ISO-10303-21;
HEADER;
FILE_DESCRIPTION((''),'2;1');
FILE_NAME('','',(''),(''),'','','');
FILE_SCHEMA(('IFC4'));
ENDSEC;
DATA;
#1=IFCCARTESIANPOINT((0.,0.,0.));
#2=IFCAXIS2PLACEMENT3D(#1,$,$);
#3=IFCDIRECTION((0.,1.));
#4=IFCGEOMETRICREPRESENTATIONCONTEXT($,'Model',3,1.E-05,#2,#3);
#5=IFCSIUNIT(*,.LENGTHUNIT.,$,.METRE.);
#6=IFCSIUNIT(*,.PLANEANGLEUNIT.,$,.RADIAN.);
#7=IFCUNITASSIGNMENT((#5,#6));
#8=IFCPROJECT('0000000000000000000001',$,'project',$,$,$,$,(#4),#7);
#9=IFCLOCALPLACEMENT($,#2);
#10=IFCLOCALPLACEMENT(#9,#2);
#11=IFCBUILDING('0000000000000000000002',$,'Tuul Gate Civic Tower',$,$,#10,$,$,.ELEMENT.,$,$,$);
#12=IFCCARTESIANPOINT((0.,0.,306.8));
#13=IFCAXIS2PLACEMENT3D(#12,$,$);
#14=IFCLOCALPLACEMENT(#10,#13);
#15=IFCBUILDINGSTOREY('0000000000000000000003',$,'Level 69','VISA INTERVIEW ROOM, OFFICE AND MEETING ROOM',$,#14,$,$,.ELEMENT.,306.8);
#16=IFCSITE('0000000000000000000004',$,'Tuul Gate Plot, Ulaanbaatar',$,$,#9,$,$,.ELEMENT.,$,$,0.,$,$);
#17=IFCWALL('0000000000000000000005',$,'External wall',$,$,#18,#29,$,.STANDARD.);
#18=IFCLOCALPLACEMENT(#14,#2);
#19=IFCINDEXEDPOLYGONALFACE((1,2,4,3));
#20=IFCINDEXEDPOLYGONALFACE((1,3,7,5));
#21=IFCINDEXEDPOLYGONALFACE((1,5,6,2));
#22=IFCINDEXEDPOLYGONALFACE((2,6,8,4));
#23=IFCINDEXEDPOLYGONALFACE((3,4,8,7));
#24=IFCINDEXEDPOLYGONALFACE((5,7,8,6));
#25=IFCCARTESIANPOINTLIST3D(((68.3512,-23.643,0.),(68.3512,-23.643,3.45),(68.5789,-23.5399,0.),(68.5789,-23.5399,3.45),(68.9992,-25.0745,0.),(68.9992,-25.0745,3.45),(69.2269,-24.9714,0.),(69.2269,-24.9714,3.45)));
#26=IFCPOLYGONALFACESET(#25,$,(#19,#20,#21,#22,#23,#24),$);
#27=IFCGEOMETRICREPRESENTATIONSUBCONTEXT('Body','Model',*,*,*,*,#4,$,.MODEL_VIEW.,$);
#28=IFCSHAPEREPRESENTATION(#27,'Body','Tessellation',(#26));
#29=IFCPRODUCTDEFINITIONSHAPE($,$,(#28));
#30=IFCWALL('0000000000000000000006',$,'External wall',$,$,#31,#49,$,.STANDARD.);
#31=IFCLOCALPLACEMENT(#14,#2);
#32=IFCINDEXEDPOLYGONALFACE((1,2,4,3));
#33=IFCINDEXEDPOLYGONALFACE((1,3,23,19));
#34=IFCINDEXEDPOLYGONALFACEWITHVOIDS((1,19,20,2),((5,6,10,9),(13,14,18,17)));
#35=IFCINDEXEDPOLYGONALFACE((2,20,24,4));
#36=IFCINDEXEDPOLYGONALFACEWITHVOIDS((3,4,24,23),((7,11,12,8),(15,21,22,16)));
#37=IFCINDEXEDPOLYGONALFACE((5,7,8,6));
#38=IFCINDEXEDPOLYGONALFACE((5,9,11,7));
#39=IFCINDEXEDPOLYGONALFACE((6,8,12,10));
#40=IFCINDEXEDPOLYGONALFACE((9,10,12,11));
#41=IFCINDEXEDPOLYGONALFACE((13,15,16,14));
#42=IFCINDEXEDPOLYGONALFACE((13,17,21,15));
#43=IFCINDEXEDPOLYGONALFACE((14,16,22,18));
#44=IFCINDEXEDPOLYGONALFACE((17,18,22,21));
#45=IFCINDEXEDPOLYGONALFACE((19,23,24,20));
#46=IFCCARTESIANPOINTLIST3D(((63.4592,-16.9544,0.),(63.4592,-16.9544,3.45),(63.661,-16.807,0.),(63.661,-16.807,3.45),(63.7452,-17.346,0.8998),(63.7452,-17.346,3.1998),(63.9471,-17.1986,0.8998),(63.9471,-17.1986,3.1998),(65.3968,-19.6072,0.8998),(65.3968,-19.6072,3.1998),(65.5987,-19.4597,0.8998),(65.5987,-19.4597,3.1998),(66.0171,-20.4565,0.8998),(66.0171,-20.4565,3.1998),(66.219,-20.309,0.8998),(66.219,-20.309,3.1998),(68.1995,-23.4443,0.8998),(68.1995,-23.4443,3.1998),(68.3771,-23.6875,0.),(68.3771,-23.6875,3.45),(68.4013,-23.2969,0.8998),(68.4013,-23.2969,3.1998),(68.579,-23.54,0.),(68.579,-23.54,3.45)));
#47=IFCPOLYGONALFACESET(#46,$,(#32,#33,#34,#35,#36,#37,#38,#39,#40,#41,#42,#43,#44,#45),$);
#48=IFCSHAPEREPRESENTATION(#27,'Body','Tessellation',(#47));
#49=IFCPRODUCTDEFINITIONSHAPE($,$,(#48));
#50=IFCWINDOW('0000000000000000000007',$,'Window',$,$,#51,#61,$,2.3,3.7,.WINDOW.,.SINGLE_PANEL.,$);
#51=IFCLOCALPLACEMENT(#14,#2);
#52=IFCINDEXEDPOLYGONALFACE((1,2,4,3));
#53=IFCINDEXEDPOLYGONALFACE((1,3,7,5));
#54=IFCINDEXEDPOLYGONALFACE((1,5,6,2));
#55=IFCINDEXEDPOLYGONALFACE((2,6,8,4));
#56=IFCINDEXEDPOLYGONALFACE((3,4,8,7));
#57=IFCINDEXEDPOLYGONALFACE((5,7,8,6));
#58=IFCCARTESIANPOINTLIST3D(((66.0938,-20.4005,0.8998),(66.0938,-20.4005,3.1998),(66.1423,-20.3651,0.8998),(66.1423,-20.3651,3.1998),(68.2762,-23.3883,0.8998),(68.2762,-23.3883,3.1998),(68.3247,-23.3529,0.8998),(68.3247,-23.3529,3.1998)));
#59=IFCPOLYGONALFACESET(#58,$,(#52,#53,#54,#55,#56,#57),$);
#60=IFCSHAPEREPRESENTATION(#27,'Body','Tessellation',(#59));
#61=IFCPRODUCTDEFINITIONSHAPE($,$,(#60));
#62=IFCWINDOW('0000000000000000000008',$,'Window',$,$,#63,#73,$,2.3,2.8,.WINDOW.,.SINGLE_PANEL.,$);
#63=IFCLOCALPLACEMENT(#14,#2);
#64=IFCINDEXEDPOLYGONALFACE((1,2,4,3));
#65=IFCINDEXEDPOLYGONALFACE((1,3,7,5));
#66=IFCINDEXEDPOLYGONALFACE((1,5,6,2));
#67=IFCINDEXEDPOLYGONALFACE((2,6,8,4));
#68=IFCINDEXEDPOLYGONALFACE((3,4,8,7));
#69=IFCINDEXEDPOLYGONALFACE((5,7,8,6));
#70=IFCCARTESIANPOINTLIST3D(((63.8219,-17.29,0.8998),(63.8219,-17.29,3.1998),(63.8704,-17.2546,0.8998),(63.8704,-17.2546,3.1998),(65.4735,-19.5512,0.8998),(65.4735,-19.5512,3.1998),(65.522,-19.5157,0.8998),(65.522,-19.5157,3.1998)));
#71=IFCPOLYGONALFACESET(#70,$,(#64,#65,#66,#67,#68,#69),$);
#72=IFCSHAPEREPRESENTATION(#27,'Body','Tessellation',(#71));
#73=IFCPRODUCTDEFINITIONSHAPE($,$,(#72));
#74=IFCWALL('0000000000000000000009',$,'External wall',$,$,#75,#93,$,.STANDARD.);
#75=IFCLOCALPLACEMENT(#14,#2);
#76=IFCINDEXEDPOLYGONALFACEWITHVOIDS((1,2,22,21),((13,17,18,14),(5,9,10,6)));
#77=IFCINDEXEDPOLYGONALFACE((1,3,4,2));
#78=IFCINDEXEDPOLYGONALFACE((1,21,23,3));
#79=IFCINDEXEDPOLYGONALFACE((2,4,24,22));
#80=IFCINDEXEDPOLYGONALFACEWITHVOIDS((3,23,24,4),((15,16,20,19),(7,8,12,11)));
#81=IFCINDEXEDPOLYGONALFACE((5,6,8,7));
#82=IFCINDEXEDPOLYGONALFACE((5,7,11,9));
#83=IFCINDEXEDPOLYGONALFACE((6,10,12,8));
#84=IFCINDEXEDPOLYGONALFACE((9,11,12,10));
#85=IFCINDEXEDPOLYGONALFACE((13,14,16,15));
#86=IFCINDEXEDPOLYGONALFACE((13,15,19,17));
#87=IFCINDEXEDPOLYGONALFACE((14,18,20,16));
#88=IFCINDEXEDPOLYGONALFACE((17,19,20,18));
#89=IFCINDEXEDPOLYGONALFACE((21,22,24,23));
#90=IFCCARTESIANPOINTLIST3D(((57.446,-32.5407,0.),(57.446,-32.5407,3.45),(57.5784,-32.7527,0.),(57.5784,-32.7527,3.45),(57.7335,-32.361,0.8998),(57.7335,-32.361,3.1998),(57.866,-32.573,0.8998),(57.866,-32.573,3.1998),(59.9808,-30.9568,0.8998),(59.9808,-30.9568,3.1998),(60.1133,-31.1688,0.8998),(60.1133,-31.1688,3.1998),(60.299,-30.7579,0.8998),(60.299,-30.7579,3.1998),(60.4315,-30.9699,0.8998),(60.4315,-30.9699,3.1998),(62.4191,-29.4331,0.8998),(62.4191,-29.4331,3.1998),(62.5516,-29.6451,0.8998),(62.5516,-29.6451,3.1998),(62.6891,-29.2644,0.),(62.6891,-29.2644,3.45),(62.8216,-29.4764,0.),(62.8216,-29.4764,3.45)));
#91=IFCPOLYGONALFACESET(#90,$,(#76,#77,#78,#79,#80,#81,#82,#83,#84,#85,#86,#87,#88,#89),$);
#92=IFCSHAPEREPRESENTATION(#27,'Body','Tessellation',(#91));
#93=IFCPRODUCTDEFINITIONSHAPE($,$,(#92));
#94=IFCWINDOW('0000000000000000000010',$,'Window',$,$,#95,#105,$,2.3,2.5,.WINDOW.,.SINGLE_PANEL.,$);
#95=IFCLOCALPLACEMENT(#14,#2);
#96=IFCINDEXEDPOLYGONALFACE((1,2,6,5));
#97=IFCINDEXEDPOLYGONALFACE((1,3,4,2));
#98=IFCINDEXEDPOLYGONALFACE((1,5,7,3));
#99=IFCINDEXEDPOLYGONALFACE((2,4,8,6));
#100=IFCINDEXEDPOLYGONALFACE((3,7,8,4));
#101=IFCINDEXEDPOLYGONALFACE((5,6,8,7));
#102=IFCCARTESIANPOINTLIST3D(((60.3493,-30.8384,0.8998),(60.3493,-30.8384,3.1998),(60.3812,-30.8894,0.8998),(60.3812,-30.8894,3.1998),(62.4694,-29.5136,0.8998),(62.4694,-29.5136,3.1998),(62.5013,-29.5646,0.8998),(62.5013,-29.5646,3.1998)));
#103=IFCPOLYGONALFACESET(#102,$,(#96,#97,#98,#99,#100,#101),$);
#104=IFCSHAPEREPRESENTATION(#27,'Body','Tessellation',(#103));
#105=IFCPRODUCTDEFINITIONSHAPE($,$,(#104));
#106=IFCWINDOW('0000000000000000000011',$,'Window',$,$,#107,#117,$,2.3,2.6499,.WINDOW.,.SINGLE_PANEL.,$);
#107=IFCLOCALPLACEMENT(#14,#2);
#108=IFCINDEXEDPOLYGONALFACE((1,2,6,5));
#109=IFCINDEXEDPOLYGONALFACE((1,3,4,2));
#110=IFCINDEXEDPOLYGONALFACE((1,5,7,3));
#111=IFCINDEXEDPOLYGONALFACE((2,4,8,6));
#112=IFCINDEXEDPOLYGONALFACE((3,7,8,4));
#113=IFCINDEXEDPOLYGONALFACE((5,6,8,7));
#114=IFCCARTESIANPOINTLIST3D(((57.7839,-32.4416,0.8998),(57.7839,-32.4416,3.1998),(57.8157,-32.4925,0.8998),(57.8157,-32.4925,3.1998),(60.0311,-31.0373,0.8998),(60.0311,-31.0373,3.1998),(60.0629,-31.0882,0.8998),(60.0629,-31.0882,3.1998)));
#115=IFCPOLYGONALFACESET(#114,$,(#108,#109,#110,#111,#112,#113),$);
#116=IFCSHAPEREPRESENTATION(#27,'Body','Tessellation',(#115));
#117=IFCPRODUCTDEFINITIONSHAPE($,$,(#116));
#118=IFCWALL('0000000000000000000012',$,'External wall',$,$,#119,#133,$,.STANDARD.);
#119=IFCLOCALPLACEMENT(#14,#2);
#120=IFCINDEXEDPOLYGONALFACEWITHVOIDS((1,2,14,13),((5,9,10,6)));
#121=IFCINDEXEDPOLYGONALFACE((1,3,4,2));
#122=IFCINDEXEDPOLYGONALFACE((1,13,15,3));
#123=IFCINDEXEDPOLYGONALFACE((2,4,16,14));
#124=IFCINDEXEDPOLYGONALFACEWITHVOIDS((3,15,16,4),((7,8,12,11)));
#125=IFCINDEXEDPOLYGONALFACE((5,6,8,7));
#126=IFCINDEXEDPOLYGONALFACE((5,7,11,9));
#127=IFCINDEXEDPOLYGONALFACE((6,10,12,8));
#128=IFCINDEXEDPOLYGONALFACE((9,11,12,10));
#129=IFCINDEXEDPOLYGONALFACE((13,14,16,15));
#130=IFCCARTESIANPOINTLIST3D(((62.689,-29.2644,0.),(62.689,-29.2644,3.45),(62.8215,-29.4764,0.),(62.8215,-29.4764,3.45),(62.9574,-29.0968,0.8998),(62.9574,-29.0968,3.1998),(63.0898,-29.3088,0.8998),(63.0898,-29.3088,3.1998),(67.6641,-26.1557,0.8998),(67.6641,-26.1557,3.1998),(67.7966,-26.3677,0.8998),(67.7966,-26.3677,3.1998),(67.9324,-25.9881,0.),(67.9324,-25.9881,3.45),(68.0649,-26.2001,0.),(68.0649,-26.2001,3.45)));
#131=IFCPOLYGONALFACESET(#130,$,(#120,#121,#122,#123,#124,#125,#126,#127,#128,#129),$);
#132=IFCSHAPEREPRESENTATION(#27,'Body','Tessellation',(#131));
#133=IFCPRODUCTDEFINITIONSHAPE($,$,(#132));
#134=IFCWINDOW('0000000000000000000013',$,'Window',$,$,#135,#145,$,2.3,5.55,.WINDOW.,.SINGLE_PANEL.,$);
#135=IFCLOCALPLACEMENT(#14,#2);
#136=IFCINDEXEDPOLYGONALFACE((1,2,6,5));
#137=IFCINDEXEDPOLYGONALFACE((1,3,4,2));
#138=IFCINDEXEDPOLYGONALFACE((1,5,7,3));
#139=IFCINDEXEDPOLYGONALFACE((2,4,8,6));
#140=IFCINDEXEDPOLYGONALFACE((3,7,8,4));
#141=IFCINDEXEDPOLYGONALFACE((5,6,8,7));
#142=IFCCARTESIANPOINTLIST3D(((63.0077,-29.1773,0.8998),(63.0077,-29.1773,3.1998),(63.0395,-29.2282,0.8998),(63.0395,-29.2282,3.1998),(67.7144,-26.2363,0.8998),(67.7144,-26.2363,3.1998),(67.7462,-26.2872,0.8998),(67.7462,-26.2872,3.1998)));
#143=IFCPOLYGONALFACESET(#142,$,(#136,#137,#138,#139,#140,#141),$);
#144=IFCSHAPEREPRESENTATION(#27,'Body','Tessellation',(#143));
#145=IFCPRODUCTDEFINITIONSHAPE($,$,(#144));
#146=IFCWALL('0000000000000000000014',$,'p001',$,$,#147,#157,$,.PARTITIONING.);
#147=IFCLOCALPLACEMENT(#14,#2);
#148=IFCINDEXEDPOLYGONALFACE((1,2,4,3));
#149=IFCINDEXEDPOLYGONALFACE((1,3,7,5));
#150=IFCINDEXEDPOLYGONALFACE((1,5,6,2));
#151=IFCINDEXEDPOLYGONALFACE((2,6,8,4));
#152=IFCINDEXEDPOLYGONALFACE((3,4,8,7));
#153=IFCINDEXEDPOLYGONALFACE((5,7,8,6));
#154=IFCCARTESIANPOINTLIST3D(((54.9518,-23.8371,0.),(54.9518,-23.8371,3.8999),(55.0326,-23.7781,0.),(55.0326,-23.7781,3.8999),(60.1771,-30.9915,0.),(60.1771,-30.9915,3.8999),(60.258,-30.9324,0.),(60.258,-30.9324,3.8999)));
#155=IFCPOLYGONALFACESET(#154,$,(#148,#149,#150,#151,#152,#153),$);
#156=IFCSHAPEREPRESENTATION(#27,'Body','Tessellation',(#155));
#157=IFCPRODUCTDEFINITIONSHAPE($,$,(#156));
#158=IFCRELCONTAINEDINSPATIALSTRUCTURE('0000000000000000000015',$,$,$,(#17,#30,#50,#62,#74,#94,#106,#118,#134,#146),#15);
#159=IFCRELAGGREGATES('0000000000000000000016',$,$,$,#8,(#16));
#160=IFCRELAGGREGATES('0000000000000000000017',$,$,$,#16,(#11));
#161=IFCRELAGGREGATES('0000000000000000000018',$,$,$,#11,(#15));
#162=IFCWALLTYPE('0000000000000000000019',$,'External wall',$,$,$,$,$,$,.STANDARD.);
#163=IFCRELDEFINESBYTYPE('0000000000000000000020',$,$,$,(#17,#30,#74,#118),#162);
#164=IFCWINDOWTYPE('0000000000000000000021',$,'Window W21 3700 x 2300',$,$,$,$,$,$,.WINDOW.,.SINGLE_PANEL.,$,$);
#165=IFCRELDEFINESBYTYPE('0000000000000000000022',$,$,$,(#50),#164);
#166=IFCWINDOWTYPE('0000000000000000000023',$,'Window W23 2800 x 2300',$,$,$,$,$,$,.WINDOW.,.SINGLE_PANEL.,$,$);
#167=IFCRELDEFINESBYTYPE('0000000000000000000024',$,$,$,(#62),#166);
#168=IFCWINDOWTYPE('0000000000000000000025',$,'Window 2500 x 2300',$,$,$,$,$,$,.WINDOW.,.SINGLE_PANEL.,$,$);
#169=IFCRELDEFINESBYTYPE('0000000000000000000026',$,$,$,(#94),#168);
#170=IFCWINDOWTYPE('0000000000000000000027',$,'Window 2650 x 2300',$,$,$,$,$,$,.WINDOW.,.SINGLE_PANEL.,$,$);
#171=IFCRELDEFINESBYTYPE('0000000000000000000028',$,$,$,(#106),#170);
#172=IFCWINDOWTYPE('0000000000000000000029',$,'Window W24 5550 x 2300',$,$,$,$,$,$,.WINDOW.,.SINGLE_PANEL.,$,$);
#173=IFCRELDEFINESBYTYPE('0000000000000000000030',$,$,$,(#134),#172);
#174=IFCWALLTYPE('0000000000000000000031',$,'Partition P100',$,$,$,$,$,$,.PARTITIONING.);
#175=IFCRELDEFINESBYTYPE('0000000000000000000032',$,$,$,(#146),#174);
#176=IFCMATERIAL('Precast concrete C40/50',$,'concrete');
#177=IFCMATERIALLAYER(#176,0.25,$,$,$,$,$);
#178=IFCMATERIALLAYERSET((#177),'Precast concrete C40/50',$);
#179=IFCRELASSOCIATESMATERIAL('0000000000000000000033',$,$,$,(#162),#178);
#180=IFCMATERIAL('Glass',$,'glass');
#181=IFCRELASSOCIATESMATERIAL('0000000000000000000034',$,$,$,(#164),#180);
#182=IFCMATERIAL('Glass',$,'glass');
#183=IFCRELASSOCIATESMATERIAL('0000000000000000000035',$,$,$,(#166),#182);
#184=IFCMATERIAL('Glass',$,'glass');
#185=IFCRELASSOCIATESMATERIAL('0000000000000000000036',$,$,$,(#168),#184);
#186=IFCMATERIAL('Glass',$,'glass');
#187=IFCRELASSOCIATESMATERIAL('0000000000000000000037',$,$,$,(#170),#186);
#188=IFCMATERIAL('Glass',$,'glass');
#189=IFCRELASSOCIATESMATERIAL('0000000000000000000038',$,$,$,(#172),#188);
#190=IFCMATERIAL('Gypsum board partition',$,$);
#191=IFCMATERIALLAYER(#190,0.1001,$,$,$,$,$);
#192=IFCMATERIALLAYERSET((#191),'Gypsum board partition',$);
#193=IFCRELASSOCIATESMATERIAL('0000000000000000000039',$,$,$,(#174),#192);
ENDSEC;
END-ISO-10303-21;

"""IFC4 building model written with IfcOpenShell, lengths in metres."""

from ifc_helpers import new_model, si_unit, direction, frame, frame_2d, origin, place, context, subcontext, project, spatial, rectangle, extrude, material, layer, layer_set, type_object, element, fill, save


model = new_model("IFC4")

# Units and contexts
model_context = context("Model", 3, precision=1e-05, world=origin(), true_north=direction((0.0, 1.0)))
body_context = subcontext(model_context, "Body", "Model", "MODEL_VIEW")
ifc_project = project(units=[si_unit("LENGTHUNIT", "METRE"), si_unit("PLANEANGLEUNIT", "RADIAN")], contexts=[model_context])

# Site, building, storey
site_placement = place(None, origin())
site = spatial("IfcSite", under=ifc_project, at=site_placement, Name="Tuul Gate Plot, Ulaanbaatar", CompositionType="ELEMENT", RefElevation=0.0)
building_placement = place(site_placement, origin())
building = spatial("IfcBuilding", under=site, at=building_placement, Name="Tuul Gate Civic Tower", CompositionType="ELEMENT")
storey_placement = place(building_placement, frame((0.0, 0.0, 306.8)))
storey = spatial("IfcBuildingStorey", under=building, at=storey_placement, Name="Level 69", Description="VISA INTERVIEW ROOM, OFFICE AND MEETING ROOM", CompositionType="ELEMENT", Elevation=306.8)

# Wall
ifc_material_1 = material(Name="Precast concrete C40/50", Category="concrete")
ifc_layer_1 = layer(ifc_material_1, 0.25)
ifc_layer_set_1 = layer_set([ifc_layer_1], Name="Precast concrete C40/50")
wall_type_1 = type_object("IfcWallType", Name="External wall", PredefinedType="STANDARD", material=ifc_layer_set_1)
wall_1_placement = place(storey_placement, frame((69.113, -25.0229, 0.0), z_axis=(0.0, 0.0, 1.0), x_axis=(-0.412386, 0.911009, 0.0)))
element("IfcWall", 1, at=wall_1_placement, inside=storey, type_object=wall_type_1, Name="External wall", PredefinedType="STANDARD", context=body_context, shape_type="SweptSolid", body=[
    extrude(rectangle(XDim=1.5713, YDim=0.25, at=frame_2d((0.7856, 0.0))), origin(), (0.0, 0.0, 1.0), 3.45),
])

# Walls, openings, windows
wall_2_placement = place(storey_placement, frame((68.478, -23.6138, 0.0), z_axis=(0.0, 0.0, 1.0), x_axis=(-0.589828, 0.807529, 0.0)))
wall_2 = element("IfcWall", 2, at=wall_2_placement, inside=storey, type_object=wall_type_1, Name="External wall", PredefinedType="STANDARD", context=body_context, shape_type="SweptSolid", body=[
    extrude(rectangle(XDim=8.3379, YDim=0.25, at=frame_2d((4.1689, 0.0))), origin(), (0.0, 0.0, 1.0), 3.45),
])
opening_1_placement = place(wall_2_placement, frame((0.301, 0.0, 0.8999)))
opening_1 = element("IfcOpeningElement", 3, at=opening_1_placement, cuts=wall_2, PredefinedType="OPENING", context=body_context, shape_type="SweptSolid", body=[
    extrude(rectangle(XDim=3.7, YDim=2.3, at=frame_2d((1.8501, 1.1499))), frame((0.0, 0.135, 0.0), z_axis=(0.0, -1.0, 0.0), x_axis=(1.0, 0.0, 0.0)), (0.0, 0.0, 1.0), 0.27),
])
opening_2_placement = place(wall_2_placement, frame((5.053, 0.0, 0.8999)))
opening_2 = element("IfcOpeningElement", 4, at=opening_2_placement, cuts=wall_2, PredefinedType="OPENING", context=body_context, shape_type="SweptSolid", body=[
    extrude(rectangle(XDim=2.8, YDim=2.3, at=frame_2d((1.3999, 1.1499))), frame((0.0, 0.135, 0.0), z_axis=(0.0, -1.0, 0.0), x_axis=(1.0, 0.0, 0.0)), (0.0, 0.0, 1.0), 0.27),
])
ifc_material_2 = material(Name="Glass", Category="glass")
window_type_1 = type_object("IfcWindowType", Name="Window W21 3700 x 2300", PartitioningType="SINGLE_PANEL", PredefinedType="WINDOW", material=ifc_material_2)
window_1_placement = place(opening_1_placement, origin())
window_1 = element("IfcWindow", 5, at=window_1_placement, inside=storey, type_object=window_type_1, Name="Window", OverallHeight=2.3, OverallWidth=3.7, PartitioningType="SINGLE_PANEL", PredefinedType="WINDOW", context=body_context, shape_type="SweptSolid", body=[
    extrude(rectangle(XDim=3.7, YDim=2.3, at=frame_2d((1.8501, 1.1499))), frame((0.0, 0.03, 0.0), z_axis=(0.0, -1.0, 0.0), x_axis=(1.0, 0.0, 0.0)), (0.0, 0.0, 1.0), 0.0601),
])
fill(opening_1, window_1)
ifc_material_3 = material(Name="Glass", Category="glass")
window_type_2 = type_object("IfcWindowType", Name="Window W23 2800 x 2300", PartitioningType="SINGLE_PANEL", PredefinedType="WINDOW", material=ifc_material_3)
window_2_placement = place(opening_2_placement, origin())
window_2 = element("IfcWindow", 6, at=window_2_placement, inside=storey, type_object=window_type_2, Name="Window", OverallHeight=2.3, OverallWidth=2.8, PartitioningType="SINGLE_PANEL", PredefinedType="WINDOW", context=body_context, shape_type="SweptSolid", body=[
    extrude(rectangle(XDim=2.8, YDim=2.3, at=frame_2d((1.3999, 1.1499))), frame((0.0, 0.03, 0.0), z_axis=(0.0, -1.0, 0.0), x_axis=(1.0, 0.0, 0.0)), (0.0, 0.0, 1.0), 0.0601),
])
fill(opening_2, window_2)
wall_3_placement = place(storey_placement, frame((57.5122, -32.6467, 0.0), z_axis=(0.0, 0.0, 1.0), x_axis=(0.848043, 0.529928, 0.0)))
wall_3 = element("IfcWall", 7, at=wall_3_placement, inside=storey, type_object=wall_type_1, Name="External wall", PredefinedType="STANDARD", context=body_context, shape_type="SweptSolid", body=[
    extrude(rectangle(XDim=6.1826, YDim=0.25, at=frame_2d((3.0913, 0.0))), origin(), (0.0, 0.0, 1.0), 3.45),
])
opening_3_placement = place(wall_3_placement, frame((0.3391, 0.0, 0.8999)))
opening_3 = element("IfcOpeningElement", 8, at=opening_3_placement, cuts=wall_3, PredefinedType="OPENING", context=body_context, shape_type="SweptSolid", body=[
    extrude(rectangle(XDim=2.6499, YDim=2.3, at=frame_2d((1.325, 1.1499))), frame((0.0, 0.135, 0.0), z_axis=(0.0, -1.0, 0.0), x_axis=(1.0, 0.0, 0.0)), (0.0, 0.0, 1.0), 0.27),
])
opening_4_placement = place(wall_3_placement, frame((3.3643, 0.0, 0.8999)))
opening_4 = element("IfcOpeningElement", 9, at=opening_4_placement, cuts=wall_3, PredefinedType="OPENING", context=body_context, shape_type="SweptSolid", body=[
    extrude(rectangle(XDim=2.5, YDim=2.3, at=frame_2d((1.25, 1.1499))), frame((0.0, 0.135, 0.0), z_axis=(0.0, -1.0, 0.0), x_axis=(1.0, 0.0, 0.0)), (0.0, 0.0, 1.0), 0.27),
])
ifc_material_4 = material(Name="Glass", Category="glass")
window_type_3 = type_object("IfcWindowType", Name="Window 2500 x 2300", PartitioningType="SINGLE_PANEL", PredefinedType="WINDOW", material=ifc_material_4)
window_3_placement = place(opening_4_placement, origin())
window_3 = element("IfcWindow", 10, at=window_3_placement, inside=storey, type_object=window_type_3, Name="Window", OverallHeight=2.3, OverallWidth=2.5, PartitioningType="SINGLE_PANEL", PredefinedType="WINDOW", context=body_context, shape_type="SweptSolid", body=[
    extrude(rectangle(XDim=2.5, YDim=2.3, at=frame_2d((1.25, 1.1499))), frame((0.0, 0.03, 0.0), z_axis=(0.0, -1.0, 0.0), x_axis=(1.0, 0.0, 0.0)), (0.0, 0.0, 1.0), 0.0601),
])
fill(opening_4, window_3)
ifc_material_5 = material(Name="Glass", Category="glass")
window_type_4 = type_object("IfcWindowType", Name="Window 2650 x 2300", PartitioningType="SINGLE_PANEL", PredefinedType="WINDOW", material=ifc_material_5)
window_4_placement = place(opening_3_placement, origin())
window_4 = element("IfcWindow", 11, at=window_4_placement, inside=storey, type_object=window_type_4, Name="Window", OverallHeight=2.3, OverallWidth=2.6499, PartitioningType="SINGLE_PANEL", PredefinedType="WINDOW", context=body_context, shape_type="SweptSolid", body=[
    extrude(rectangle(XDim=2.6499, YDim=2.3, at=frame_2d((1.325, 1.1499))), frame((0.0, 0.03, 0.0), z_axis=(0.0, -1.0, 0.0), x_axis=(1.0, 0.0, 0.0)), (0.0, 0.0, 1.0), 0.0601),
])
fill(opening_3, window_4)

# Wall, opening, window
wall_4_placement = place(storey_placement, frame((62.7554, -29.3704, 0.0), z_axis=(0.0, 0.0, 1.0), x_axis=(0.848054, 0.52991, 0.0)))
wall_4 = element("IfcWall", 12, at=wall_4_placement, inside=storey, type_object=wall_type_1, Name="External wall", PredefinedType="STANDARD", context=body_context, shape_type="SweptSolid", body=[
    extrude(rectangle(XDim=6.1829, YDim=0.25, at=frame_2d((3.0913, 0.0))), origin(), (0.0, 0.0, 1.0), 3.45),
])
opening_5_placement = place(wall_4_placement, frame((0.3164, 0.0, 0.8999)))
opening_5 = element("IfcOpeningElement", 13, at=opening_5_placement, cuts=wall_4, PredefinedType="OPENING", context=body_context, shape_type="SweptSolid", body=[
    extrude(rectangle(XDim=5.55, YDim=2.3, at=frame_2d((2.7749, 1.1499))), frame((0.0, 0.135, 0.0), z_axis=(0.0, -1.0, 0.0), x_axis=(1.0, 0.0, 0.0)), (0.0, 0.0, 1.0), 0.27),
])
ifc_material_6 = material(Name="Glass", Category="glass")
window_type_5 = type_object("IfcWindowType", Name="Window W24 5550 x 2300", PartitioningType="SINGLE_PANEL", PredefinedType="WINDOW", material=ifc_material_6)
window_5_placement = place(opening_5_placement, origin())
window_5 = element("IfcWindow", 14, at=window_5_placement, inside=storey, type_object=window_type_5, Name="Window", OverallHeight=2.3, OverallWidth=5.55, PartitioningType="SINGLE_PANEL", PredefinedType="WINDOW", context=body_context, shape_type="SweptSolid", body=[
    extrude(rectangle(XDim=5.55, YDim=2.3, at=frame_2d((2.7749, 1.1499))), frame((0.0, 0.03, 0.0), z_axis=(0.0, -1.0, 0.0), x_axis=(1.0, 0.0, 0.0)), (0.0, 0.0, 1.0), 0.0601),
])
fill(opening_5, window_5)

# Wall
ifc_material_7 = material(Name="Gypsum board partition")
ifc_layer_2 = layer(ifc_material_7, 0.1001)
ifc_layer_set_2 = layer_set([ifc_layer_2], Name="Gypsum board partition")
wall_type_2 = type_object("IfcWallType", Name="Partition P100", PredefinedType="PARTITIONING", material=ifc_layer_set_2)
wall_5_placement = place(storey_placement, frame((54.9922, -23.8076, 0.0), z_axis=(0.0, 0.0, 1.0), x_axis=(0.589811, -0.807542, 0.0)))
element("IfcWall", 15, at=wall_5_placement, inside=storey, type_object=wall_type_2, Name="p001", PredefinedType="PARTITIONING", context=body_context, shape_type="SweptSolid", body=[
    extrude(rectangle(XDim=8.8594, YDim=0.1001, at=frame_2d((4.4297, 0.0))), origin(), (0.0, 0.0, 1.0), 3.8999),
])

save(model, "model.ifc")
